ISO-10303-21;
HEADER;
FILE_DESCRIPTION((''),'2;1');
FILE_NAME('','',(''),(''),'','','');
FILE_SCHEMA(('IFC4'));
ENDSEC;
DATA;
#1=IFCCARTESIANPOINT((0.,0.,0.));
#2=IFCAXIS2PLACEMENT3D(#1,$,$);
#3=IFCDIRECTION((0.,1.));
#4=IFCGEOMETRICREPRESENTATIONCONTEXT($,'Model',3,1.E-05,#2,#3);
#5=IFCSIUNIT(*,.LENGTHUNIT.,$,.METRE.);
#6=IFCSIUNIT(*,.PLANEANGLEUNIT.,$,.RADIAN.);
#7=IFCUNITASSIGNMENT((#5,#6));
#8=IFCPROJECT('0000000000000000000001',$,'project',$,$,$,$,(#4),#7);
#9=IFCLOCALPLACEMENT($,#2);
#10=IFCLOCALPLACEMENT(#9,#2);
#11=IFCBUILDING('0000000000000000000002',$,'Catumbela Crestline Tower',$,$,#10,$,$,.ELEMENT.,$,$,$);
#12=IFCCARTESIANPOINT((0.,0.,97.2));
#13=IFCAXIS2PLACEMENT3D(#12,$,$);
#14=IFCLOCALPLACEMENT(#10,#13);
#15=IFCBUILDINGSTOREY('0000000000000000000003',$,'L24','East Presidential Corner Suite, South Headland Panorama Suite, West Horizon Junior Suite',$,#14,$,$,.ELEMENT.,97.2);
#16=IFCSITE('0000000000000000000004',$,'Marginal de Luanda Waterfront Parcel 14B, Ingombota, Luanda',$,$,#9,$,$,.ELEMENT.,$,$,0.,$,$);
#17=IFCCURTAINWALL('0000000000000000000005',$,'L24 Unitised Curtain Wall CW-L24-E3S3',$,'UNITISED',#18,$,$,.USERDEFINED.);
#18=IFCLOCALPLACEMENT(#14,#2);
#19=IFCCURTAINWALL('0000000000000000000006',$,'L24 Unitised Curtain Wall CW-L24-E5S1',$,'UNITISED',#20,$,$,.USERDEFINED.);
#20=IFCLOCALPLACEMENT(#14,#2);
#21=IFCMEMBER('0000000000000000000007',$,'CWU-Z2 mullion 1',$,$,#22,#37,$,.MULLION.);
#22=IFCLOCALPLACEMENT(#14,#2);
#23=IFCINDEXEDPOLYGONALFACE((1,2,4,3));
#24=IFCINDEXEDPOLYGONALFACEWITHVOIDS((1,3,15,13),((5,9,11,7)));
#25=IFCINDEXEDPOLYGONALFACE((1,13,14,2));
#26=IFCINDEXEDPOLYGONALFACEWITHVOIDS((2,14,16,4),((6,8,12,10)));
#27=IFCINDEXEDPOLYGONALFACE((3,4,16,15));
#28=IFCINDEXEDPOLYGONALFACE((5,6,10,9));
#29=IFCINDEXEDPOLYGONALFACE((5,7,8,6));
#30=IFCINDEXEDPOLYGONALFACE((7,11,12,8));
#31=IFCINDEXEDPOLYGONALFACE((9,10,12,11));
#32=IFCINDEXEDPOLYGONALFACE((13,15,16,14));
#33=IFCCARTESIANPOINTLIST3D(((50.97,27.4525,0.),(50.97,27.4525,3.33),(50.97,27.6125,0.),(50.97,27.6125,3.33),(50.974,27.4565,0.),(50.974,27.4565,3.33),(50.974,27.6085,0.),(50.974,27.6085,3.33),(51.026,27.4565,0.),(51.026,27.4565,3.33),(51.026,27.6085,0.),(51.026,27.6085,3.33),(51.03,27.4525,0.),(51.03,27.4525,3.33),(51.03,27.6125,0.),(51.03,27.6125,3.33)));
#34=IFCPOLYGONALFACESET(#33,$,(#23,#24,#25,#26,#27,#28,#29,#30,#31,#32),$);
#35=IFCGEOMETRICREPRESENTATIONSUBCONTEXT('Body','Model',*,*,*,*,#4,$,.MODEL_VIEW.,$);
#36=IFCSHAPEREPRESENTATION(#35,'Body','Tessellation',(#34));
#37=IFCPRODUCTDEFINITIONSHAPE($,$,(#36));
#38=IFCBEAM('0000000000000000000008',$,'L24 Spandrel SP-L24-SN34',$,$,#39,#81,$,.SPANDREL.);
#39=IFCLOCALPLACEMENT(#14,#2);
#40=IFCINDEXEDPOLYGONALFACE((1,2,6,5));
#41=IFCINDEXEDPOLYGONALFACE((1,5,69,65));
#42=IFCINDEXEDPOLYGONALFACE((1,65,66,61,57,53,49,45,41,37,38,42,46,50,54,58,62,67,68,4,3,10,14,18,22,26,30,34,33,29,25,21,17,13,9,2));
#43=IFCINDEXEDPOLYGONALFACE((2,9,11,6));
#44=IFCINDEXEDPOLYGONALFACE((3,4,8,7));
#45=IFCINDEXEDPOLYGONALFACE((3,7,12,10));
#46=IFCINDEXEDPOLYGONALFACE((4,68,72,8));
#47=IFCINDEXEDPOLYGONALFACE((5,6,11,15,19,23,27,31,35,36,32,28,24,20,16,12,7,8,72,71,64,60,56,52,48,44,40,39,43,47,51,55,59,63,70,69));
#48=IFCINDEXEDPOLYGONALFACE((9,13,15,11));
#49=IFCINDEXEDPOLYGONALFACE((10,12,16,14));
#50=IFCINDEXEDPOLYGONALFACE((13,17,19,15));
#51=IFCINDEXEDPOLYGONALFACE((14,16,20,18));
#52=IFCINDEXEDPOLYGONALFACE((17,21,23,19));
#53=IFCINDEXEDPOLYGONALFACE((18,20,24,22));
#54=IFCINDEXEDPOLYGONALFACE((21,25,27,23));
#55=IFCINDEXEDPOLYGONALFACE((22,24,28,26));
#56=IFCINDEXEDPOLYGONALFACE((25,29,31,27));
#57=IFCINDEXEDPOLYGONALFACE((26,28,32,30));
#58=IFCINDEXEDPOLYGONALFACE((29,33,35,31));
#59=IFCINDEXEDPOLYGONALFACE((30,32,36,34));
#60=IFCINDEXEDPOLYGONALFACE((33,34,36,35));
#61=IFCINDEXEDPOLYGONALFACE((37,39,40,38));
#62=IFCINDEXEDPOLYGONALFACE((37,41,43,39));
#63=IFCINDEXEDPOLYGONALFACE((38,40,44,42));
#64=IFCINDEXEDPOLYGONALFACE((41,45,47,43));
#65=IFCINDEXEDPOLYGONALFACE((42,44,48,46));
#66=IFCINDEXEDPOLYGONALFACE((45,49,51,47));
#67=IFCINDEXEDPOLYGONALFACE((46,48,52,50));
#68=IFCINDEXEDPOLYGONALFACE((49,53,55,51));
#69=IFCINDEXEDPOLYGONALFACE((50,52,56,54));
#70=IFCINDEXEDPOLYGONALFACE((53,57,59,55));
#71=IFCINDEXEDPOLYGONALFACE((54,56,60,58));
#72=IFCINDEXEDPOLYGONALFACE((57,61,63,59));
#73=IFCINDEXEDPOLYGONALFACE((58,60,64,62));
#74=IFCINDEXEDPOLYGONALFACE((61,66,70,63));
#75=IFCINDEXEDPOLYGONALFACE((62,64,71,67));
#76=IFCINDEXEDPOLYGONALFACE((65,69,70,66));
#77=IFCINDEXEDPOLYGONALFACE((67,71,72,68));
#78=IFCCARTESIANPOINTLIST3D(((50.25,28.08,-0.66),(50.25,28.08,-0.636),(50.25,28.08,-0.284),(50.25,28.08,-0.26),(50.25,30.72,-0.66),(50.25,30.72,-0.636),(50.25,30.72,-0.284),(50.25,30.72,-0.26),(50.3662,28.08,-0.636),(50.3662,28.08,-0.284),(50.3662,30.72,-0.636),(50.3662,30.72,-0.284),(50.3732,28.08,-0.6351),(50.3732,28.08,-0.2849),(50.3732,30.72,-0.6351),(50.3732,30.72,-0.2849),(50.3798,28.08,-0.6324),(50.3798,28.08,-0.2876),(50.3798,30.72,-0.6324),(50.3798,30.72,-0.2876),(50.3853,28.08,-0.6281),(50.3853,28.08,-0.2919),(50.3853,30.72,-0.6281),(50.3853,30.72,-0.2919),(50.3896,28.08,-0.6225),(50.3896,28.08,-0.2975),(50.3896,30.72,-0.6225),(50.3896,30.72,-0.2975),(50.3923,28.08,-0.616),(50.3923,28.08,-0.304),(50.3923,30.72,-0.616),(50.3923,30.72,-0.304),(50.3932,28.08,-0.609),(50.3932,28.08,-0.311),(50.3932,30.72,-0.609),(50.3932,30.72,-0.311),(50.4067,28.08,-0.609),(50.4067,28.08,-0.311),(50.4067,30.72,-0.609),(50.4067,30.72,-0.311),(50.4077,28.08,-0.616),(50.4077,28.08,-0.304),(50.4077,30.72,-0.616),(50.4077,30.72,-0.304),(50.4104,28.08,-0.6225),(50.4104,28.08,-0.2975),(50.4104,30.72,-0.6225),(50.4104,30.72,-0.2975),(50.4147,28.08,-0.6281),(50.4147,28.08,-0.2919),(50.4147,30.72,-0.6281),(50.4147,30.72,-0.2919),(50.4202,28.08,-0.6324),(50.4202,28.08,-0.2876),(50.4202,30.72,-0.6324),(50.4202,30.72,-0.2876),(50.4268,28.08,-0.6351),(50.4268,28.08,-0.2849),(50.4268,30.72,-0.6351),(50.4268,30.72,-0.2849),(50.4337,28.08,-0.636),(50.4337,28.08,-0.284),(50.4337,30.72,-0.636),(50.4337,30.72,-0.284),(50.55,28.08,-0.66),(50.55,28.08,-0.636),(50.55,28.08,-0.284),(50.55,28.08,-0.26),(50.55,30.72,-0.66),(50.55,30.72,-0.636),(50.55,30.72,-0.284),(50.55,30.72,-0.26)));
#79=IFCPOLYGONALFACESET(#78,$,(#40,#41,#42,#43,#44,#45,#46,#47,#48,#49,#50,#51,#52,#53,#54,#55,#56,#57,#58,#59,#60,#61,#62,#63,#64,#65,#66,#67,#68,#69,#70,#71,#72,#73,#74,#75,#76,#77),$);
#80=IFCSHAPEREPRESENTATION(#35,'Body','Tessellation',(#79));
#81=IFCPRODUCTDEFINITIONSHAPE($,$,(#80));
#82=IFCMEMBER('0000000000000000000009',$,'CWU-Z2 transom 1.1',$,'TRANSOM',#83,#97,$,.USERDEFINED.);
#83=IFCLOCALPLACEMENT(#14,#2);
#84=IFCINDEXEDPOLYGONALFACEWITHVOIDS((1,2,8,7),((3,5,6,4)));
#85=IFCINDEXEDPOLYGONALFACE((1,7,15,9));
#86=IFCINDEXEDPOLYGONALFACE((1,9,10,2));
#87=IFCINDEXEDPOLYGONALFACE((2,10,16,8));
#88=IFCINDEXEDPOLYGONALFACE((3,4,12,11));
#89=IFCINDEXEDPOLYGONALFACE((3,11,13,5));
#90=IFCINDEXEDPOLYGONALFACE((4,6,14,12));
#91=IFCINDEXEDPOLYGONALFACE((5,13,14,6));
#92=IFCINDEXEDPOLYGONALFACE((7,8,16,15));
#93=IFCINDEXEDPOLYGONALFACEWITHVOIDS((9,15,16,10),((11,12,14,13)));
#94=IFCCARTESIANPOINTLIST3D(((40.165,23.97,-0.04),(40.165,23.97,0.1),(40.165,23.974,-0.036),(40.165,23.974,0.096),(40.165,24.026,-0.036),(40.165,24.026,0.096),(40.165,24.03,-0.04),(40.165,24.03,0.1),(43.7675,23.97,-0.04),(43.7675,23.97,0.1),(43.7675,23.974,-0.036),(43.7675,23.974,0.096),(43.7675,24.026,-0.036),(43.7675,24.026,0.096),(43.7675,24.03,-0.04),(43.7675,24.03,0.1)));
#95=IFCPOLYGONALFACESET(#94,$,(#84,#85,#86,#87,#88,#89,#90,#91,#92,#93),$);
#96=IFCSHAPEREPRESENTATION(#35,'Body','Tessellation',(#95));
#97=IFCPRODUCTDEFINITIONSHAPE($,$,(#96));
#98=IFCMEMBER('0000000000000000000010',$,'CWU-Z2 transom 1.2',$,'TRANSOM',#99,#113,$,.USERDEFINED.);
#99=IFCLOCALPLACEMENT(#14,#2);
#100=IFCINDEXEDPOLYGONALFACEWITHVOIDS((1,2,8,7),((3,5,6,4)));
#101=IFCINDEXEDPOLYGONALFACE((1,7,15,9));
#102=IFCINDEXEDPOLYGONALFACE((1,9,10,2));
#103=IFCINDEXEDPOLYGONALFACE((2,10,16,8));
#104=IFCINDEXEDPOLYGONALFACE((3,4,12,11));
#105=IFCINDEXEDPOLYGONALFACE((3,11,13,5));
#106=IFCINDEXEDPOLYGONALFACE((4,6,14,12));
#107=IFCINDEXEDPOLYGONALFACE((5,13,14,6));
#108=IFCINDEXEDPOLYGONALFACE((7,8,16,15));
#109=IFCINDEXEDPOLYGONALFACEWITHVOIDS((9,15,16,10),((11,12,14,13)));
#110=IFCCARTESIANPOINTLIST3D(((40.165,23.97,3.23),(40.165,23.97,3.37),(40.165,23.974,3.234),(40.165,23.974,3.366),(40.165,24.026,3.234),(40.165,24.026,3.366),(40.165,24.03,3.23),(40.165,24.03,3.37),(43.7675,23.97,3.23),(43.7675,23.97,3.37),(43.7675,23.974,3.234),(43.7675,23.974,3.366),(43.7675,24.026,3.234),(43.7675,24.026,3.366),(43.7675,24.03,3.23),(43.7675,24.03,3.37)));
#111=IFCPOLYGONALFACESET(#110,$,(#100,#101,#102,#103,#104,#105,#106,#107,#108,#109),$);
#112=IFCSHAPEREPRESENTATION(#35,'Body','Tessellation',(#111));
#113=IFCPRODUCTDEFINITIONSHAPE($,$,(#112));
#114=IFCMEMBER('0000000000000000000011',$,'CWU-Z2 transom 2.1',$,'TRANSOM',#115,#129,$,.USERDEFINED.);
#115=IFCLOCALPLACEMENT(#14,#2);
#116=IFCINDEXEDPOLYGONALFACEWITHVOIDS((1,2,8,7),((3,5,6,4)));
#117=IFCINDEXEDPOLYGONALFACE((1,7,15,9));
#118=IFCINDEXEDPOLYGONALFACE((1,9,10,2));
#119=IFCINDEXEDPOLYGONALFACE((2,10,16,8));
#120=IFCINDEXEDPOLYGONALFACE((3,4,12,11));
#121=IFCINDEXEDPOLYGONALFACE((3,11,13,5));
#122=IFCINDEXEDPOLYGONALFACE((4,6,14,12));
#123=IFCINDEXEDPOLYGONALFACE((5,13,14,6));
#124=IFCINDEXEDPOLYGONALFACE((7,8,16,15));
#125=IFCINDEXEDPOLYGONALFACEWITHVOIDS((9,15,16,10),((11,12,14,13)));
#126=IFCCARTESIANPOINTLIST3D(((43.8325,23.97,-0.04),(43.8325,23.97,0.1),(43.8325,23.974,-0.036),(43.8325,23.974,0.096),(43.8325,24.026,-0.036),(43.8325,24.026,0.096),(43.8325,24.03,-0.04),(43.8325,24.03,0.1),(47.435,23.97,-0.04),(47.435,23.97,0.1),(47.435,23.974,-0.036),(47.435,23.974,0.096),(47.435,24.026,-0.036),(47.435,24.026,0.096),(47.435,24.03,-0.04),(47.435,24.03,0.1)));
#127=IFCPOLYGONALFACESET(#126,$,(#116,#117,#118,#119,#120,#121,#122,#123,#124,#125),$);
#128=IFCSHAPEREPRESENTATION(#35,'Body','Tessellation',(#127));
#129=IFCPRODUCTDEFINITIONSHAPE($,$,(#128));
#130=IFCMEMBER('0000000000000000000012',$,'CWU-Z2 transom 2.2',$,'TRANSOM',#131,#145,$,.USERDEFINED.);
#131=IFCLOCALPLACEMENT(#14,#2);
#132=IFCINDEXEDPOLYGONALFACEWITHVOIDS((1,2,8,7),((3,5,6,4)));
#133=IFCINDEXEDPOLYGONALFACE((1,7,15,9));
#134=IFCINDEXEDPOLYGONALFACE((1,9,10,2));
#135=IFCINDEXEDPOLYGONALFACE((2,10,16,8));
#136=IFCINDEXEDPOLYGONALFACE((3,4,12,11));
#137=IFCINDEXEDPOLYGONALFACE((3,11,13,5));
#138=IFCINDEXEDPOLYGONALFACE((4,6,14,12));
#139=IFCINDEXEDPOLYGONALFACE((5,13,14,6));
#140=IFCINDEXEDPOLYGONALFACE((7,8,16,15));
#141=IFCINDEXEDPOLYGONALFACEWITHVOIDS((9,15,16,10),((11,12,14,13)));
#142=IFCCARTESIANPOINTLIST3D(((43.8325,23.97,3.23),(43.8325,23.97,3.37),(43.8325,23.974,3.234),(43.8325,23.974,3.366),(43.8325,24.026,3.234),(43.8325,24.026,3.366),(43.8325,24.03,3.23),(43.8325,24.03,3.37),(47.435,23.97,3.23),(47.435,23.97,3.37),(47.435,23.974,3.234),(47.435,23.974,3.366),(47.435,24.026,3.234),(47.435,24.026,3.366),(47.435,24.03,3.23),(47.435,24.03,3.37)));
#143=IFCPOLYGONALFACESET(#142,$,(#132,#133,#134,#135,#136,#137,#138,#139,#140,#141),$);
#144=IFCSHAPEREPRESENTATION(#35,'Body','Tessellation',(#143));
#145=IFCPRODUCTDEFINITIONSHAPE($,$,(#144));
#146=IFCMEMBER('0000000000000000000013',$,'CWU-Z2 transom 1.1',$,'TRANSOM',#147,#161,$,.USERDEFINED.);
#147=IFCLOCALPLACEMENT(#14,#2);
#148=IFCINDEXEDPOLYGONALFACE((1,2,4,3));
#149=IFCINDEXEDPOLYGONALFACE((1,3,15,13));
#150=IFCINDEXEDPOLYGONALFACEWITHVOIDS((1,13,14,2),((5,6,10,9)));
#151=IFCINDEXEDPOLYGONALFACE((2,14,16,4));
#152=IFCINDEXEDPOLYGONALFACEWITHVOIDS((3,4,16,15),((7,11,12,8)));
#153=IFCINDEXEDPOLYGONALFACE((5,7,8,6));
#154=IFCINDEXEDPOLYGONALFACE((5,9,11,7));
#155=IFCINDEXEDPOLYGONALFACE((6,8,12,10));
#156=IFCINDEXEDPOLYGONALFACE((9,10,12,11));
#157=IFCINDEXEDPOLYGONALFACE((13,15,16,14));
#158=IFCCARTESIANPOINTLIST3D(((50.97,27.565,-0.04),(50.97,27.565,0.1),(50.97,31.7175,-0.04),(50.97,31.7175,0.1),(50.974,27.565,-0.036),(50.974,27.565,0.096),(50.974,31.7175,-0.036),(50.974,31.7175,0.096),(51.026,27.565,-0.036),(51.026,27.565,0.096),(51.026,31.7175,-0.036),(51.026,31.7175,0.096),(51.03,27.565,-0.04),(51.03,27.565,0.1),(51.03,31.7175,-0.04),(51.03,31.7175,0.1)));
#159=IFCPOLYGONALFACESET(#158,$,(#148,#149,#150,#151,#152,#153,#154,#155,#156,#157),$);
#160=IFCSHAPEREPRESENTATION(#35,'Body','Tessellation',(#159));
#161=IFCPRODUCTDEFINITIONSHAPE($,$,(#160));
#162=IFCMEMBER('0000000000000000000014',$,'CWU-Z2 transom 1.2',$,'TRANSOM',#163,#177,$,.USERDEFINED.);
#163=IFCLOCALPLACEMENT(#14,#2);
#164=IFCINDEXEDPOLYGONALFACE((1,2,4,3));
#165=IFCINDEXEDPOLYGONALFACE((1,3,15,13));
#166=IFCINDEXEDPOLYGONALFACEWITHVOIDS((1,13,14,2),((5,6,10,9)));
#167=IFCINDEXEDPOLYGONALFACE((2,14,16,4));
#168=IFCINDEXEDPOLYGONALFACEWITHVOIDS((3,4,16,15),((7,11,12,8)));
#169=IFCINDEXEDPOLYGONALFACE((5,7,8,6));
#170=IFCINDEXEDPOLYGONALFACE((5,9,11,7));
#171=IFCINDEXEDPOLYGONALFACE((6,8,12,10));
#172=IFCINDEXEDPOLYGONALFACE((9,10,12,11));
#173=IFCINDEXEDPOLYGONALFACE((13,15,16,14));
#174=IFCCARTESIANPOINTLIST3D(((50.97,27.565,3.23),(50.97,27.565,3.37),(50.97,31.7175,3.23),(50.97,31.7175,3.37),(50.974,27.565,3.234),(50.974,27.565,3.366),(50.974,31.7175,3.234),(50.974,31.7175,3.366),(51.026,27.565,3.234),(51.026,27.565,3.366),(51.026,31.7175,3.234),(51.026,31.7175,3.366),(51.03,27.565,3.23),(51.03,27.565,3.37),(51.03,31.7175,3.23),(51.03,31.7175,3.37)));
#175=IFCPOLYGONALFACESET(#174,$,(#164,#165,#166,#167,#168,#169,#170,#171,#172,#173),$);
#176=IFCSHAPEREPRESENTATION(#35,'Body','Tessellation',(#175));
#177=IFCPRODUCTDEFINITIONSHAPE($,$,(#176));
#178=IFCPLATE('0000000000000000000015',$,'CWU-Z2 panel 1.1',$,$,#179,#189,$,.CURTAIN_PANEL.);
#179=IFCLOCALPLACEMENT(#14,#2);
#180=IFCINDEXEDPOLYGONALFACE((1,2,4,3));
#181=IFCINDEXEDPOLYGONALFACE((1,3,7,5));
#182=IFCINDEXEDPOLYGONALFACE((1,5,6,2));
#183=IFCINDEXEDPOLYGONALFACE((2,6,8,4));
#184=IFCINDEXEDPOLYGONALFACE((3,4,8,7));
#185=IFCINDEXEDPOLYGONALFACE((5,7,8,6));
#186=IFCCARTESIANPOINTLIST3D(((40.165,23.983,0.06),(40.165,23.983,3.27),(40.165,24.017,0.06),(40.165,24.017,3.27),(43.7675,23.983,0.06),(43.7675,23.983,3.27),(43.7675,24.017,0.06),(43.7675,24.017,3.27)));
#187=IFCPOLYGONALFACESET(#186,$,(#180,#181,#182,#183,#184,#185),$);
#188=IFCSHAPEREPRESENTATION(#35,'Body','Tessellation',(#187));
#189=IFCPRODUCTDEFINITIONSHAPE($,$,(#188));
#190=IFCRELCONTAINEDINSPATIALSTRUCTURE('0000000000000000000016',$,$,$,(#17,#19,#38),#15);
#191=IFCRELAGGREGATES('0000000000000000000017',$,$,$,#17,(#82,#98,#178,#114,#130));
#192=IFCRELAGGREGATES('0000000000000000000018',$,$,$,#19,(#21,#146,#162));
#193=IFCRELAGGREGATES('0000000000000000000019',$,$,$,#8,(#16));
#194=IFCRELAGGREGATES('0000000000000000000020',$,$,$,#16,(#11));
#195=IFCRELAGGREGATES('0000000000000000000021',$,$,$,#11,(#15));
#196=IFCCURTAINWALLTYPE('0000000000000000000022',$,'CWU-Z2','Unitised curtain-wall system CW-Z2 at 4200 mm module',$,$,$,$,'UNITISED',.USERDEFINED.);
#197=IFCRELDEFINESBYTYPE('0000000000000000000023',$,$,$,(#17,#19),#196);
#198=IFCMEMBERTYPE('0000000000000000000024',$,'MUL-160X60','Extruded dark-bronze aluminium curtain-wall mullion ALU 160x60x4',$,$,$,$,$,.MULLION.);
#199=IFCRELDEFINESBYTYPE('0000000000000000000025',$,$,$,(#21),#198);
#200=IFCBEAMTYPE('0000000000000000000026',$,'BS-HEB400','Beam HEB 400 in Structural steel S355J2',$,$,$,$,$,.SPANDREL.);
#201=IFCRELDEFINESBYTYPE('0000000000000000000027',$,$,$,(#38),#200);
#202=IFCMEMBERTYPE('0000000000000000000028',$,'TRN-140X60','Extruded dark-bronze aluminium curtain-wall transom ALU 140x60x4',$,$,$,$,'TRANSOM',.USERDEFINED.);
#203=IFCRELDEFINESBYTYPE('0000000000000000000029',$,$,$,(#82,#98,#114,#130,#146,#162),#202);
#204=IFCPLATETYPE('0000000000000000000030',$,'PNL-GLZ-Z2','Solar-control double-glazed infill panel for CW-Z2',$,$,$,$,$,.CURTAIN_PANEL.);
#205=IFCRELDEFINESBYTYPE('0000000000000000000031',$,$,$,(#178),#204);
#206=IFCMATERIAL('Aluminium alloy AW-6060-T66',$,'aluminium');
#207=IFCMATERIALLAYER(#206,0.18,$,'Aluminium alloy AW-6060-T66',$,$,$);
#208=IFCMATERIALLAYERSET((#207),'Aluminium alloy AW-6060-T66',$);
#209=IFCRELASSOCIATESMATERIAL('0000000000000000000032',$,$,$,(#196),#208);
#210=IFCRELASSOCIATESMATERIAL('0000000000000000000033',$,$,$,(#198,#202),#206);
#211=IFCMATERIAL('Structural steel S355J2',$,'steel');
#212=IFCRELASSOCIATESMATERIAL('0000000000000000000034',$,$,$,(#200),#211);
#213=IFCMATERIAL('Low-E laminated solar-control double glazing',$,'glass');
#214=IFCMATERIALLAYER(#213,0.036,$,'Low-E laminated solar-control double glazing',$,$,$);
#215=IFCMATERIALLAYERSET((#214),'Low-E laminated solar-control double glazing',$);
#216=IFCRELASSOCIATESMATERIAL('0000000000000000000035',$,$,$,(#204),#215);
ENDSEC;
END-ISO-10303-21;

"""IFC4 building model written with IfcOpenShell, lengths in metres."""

from ifc_helpers import new_model, si_unit, direction, frame, origin, origin_2d, place, context, subcontext, project, spatial, rectangle, hollow_rectangle, i_section, extrude, material, layer, layer_set, material_profile, profile_set, type_object, element, aggregate, save


model = new_model("IFC4")

# Units and contexts
model_context = context("Model", 3, precision=1e-05, world=origin(), true_north=direction((0.0, 1.0)))
body_context = subcontext(model_context, "Body", "Model", "MODEL_VIEW")
ifc_project = project(units=[si_unit("LENGTHUNIT", "METRE"), si_unit("PLANEANGLEUNIT", "RADIAN")], contexts=[model_context])

# Site, building, storey
site_placement = place(None, origin())
site = spatial("IfcSite", under=ifc_project, at=site_placement, Name="Marginal de Luanda Waterfront Parcel 14B, Ingombota, Luanda", CompositionType="ELEMENT", RefElevation=0.0)
building_placement = place(site_placement, origin())
building = spatial("IfcBuilding", under=site, at=building_placement, Name="Catumbela Crestline Tower", CompositionType="ELEMENT")
storey_placement = place(building_placement, frame((0.0, 0.0, 97.2)))
storey = spatial("IfcBuildingStorey", under=building, at=storey_placement, Name="L24", Description="East Presidential Corner Suite, South Headland Panorama Suite, West Horizon Junior Suite", CompositionType="ELEMENT", Elevation=97.2)

# Shared definitions
ifc_material_1 = material(Name="Structural steel S355J2", Category="steel")

# Curtain wall
ifc_material_2 = material(Name="Aluminium alloy AW-6060-T66", Category="aluminium")
ifc_layer_1 = layer(ifc_material_2, 0.18, Name="Aluminium alloy AW-6060-T66")
ifc_layer_set_1 = layer_set([ifc_layer_1], Name="Aluminium alloy AW-6060-T66")
curtain_wall_type = type_object("IfcCurtainWallType", Name="CWU-Z2", Description="Unitised curtain-wall system CW-Z2 at 4200 mm module", ElementType="UNITISED", PredefinedType="USERDEFINED", material=ifc_layer_set_1)
curtain_wall_1_placement = place(storey_placement, origin())
curtain_wall_1 = element("IfcCurtainWall", 1, at=curtain_wall_1_placement, inside=storey, type_object=curtain_wall_type, Name="L24 Unitised Curtain Wall CW-L24-E3S3", ObjectType="UNITISED", PredefinedType="USERDEFINED")
ifc_material_profile_1 = material_profile(ifc_material_2, hollow_rectangle(XDim=0.06, YDim=0.16, WallThickness=0.004, at=origin_2d()), Name="ALU 160x60x4")
ifc_profile_set_1 = profile_set([ifc_material_profile_1], Name="Aluminium alloy AW-6060-T66")
member_type_1 = type_object("IfcMemberType", Name="MUL-160X60", Description="Extruded dark-bronze aluminium curtain-wall mullion ALU 160x60x4", PredefinedType="MULLION", material=ifc_profile_set_1)

# Curtain wall, member
curtain_wall_2_placement = place(storey_placement, origin())
curtain_wall_2 = element("IfcCurtainWall", 2, at=curtain_wall_2_placement, inside=storey, type_object=curtain_wall_type, Name="L24 Unitised Curtain Wall CW-L24-E5S1", ObjectType="UNITISED", PredefinedType="USERDEFINED")
member_1_placement = place(storey_placement, frame((51.0, 27.5325, 0.0), z_axis=(0.0, 0.0, 1.0), x_axis=(-1.0, 0.0, 0.0)))
member_1 = element("IfcMember", 3, at=member_1_placement, type_object=member_type_1, Name="CWU-Z2 mullion 1", PredefinedType="MULLION", context=body_context, shape_type="SweptSolid", body=[
    extrude(hollow_rectangle(XDim=0.06, YDim=0.16, WallThickness=0.004, at=origin_2d()), origin(), (0.0, 0.0, 1.0), 3.33),
])

# Beam
ifc_material_profile_2 = material_profile(ifc_material_1, i_section(OverallWidth=0.3, OverallDepth=0.4, WebThickness=0.0135, FlangeThickness=0.024, FilletRadius=0.027, at=origin_2d()), Name="HEB 400")
ifc_profile_set_2 = profile_set([ifc_material_profile_2], Name="Structural steel S355J2")
beam_type_1 = type_object("IfcBeamType", Name="BS-HEB400", Description="Beam HEB 400 in Structural steel S355J2", PredefinedType="SPANDREL", material=ifc_profile_set_2)
beam_1_placement = place(storey_placement, frame((50.4, 28.08, -0.46), z_axis=(0.0, 1.0, 0.0), x_axis=(-1.0, 0.0, 0.0)))
element("IfcBeam", 4, at=beam_1_placement, inside=storey, type_object=beam_type_1, Name="L24 Spandrel SP-L24-SN34", PredefinedType="SPANDREL", context=body_context, shape_type="SweptSolid", body=[
    extrude(i_section(OverallWidth=0.3, OverallDepth=0.4, WebThickness=0.0135, FlangeThickness=0.024, FilletRadius=0.027, at=origin_2d()), origin(), (0.0, 0.0, 1.0), 2.64),
])

# Members
ifc_material_profile_3 = material_profile(ifc_material_2, hollow_rectangle(XDim=0.06, YDim=0.14, WallThickness=0.004, at=origin_2d()), Name="ALU 140x60x4")
ifc_profile_set_3 = profile_set([ifc_material_profile_3], Name="Aluminium alloy AW-6060-T66")
member_type_2 = type_object("IfcMemberType", Name="TRN-140X60", Description="Extruded dark-bronze aluminium curtain-wall transom ALU 140x60x4", ElementType="TRANSOM", PredefinedType="USERDEFINED", material=ifc_profile_set_3)
member_2_placement = place(storey_placement, frame((40.165, 24.0, 0.03), z_axis=(1.0, 0.0, 0.0), x_axis=(0.0, 1.0, 0.0)))
member_2 = element("IfcMember", 5, at=member_2_placement, type_object=member_type_2, Name="CWU-Z2 transom 1.1", ObjectType="TRANSOM", PredefinedType="USERDEFINED", context=body_context, shape_type="SweptSolid", body=[
    extrude(hollow_rectangle(XDim=0.06, YDim=0.14, WallThickness=0.004, at=origin_2d()), origin(), (0.0, 0.0, 1.0), 3.6025),
])
member_3_placement = place(storey_placement, frame((40.165, 24.0, 3.3), z_axis=(1.0, 0.0, 0.0), x_axis=(0.0, 1.0, 0.0)))
member_3 = element("IfcMember", 6, at=member_3_placement, type_object=member_type_2, Name="CWU-Z2 transom 1.2", ObjectType="TRANSOM", PredefinedType="USERDEFINED", context=body_context, shape_type="SweptSolid", body=[
    extrude(hollow_rectangle(XDim=0.06, YDim=0.14, WallThickness=0.004, at=origin_2d()), origin(), (0.0, 0.0, 1.0), 3.6025),
])
member_4_placement = place(storey_placement, frame((43.8325, 24.0, 0.03), z_axis=(1.0, 0.0, 0.0), x_axis=(0.0, 1.0, 0.0)))
member_4 = element("IfcMember", 7, at=member_4_placement, type_object=member_type_2, Name="CWU-Z2 transom 2.1", ObjectType="TRANSOM", PredefinedType="USERDEFINED", context=body_context, shape_type="SweptSolid", body=[
    extrude(hollow_rectangle(XDim=0.06, YDim=0.14, WallThickness=0.004, at=origin_2d()), origin(), (0.0, 0.0, 1.0), 3.6025),
])
member_5_placement = place(storey_placement, frame((43.8325, 24.0, 3.3), z_axis=(1.0, 0.0, 0.0), x_axis=(0.0, 1.0, 0.0)))
member_5 = element("IfcMember", 8, at=member_5_placement, type_object=member_type_2, Name="CWU-Z2 transom 2.2", ObjectType="TRANSOM", PredefinedType="USERDEFINED", context=body_context, shape_type="SweptSolid", body=[
    extrude(hollow_rectangle(XDim=0.06, YDim=0.14, WallThickness=0.004, at=origin_2d()), origin(), (0.0, 0.0, 1.0), 3.6025),
])
member_6_placement = place(storey_placement, frame((51.0, 27.565, 0.03), z_axis=(0.0, 1.0, 0.0), x_axis=(-1.0, 0.0, 0.0)))
member_6 = element("IfcMember", 9, at=member_6_placement, type_object=member_type_2, Name="CWU-Z2 transom 1.1", ObjectType="TRANSOM", PredefinedType="USERDEFINED", context=body_context, shape_type="SweptSolid", body=[
    extrude(hollow_rectangle(XDim=0.06, YDim=0.14, WallThickness=0.004, at=origin_2d()), origin(), (0.0, 0.0, 1.0), 4.1525),
])
member_7_placement = place(storey_placement, frame((51.0, 27.565, 3.3), z_axis=(0.0, 1.0, 0.0), x_axis=(-1.0, 0.0, 0.0)))
member_7 = element("IfcMember", 10, at=member_7_placement, type_object=member_type_2, Name="CWU-Z2 transom 1.2", ObjectType="TRANSOM", PredefinedType="USERDEFINED", context=body_context, shape_type="SweptSolid", body=[
    extrude(hollow_rectangle(XDim=0.06, YDim=0.14, WallThickness=0.004, at=origin_2d()), origin(), (0.0, 0.0, 1.0), 4.1525),
])

# Plate
ifc_material_3 = material(Name="Low-E laminated solar-control double glazing", Category="glass")
ifc_layer_2 = layer(ifc_material_3, 0.036, Name="Low-E laminated solar-control double glazing")
ifc_layer_set_2 = layer_set([ifc_layer_2], Name="Low-E laminated solar-control double glazing")
plate_type = type_object("IfcPlateType", Name="PNL-GLZ-Z2", Description="Solar-control double-glazed infill panel for CW-Z2", PredefinedType="CURTAIN_PANEL", material=ifc_layer_set_2)
plate_1_placement = place(storey_placement, frame((41.9662, 24.0, 0.06), z_axis=(0.0, 0.0, 1.0), x_axis=(1.0, 0.0, 0.0)))
plate_1 = element("IfcPlate", 11, at=plate_1_placement, type_object=plate_type, Name="CWU-Z2 panel 1.1", PredefinedType="CURTAIN_PANEL", context=body_context, shape_type="SweptSolid", body=[
    extrude(rectangle(XDim=3.6025, YDim=0.034, at=origin_2d()), origin(), (0.0, 0.0, 1.0), 3.21),
])
aggregate(curtain_wall_1, [member_2, member_3, plate_1, member_4, member_5])
aggregate(curtain_wall_2, [member_1, member_6, member_7])

save(model, "model.ifc")
